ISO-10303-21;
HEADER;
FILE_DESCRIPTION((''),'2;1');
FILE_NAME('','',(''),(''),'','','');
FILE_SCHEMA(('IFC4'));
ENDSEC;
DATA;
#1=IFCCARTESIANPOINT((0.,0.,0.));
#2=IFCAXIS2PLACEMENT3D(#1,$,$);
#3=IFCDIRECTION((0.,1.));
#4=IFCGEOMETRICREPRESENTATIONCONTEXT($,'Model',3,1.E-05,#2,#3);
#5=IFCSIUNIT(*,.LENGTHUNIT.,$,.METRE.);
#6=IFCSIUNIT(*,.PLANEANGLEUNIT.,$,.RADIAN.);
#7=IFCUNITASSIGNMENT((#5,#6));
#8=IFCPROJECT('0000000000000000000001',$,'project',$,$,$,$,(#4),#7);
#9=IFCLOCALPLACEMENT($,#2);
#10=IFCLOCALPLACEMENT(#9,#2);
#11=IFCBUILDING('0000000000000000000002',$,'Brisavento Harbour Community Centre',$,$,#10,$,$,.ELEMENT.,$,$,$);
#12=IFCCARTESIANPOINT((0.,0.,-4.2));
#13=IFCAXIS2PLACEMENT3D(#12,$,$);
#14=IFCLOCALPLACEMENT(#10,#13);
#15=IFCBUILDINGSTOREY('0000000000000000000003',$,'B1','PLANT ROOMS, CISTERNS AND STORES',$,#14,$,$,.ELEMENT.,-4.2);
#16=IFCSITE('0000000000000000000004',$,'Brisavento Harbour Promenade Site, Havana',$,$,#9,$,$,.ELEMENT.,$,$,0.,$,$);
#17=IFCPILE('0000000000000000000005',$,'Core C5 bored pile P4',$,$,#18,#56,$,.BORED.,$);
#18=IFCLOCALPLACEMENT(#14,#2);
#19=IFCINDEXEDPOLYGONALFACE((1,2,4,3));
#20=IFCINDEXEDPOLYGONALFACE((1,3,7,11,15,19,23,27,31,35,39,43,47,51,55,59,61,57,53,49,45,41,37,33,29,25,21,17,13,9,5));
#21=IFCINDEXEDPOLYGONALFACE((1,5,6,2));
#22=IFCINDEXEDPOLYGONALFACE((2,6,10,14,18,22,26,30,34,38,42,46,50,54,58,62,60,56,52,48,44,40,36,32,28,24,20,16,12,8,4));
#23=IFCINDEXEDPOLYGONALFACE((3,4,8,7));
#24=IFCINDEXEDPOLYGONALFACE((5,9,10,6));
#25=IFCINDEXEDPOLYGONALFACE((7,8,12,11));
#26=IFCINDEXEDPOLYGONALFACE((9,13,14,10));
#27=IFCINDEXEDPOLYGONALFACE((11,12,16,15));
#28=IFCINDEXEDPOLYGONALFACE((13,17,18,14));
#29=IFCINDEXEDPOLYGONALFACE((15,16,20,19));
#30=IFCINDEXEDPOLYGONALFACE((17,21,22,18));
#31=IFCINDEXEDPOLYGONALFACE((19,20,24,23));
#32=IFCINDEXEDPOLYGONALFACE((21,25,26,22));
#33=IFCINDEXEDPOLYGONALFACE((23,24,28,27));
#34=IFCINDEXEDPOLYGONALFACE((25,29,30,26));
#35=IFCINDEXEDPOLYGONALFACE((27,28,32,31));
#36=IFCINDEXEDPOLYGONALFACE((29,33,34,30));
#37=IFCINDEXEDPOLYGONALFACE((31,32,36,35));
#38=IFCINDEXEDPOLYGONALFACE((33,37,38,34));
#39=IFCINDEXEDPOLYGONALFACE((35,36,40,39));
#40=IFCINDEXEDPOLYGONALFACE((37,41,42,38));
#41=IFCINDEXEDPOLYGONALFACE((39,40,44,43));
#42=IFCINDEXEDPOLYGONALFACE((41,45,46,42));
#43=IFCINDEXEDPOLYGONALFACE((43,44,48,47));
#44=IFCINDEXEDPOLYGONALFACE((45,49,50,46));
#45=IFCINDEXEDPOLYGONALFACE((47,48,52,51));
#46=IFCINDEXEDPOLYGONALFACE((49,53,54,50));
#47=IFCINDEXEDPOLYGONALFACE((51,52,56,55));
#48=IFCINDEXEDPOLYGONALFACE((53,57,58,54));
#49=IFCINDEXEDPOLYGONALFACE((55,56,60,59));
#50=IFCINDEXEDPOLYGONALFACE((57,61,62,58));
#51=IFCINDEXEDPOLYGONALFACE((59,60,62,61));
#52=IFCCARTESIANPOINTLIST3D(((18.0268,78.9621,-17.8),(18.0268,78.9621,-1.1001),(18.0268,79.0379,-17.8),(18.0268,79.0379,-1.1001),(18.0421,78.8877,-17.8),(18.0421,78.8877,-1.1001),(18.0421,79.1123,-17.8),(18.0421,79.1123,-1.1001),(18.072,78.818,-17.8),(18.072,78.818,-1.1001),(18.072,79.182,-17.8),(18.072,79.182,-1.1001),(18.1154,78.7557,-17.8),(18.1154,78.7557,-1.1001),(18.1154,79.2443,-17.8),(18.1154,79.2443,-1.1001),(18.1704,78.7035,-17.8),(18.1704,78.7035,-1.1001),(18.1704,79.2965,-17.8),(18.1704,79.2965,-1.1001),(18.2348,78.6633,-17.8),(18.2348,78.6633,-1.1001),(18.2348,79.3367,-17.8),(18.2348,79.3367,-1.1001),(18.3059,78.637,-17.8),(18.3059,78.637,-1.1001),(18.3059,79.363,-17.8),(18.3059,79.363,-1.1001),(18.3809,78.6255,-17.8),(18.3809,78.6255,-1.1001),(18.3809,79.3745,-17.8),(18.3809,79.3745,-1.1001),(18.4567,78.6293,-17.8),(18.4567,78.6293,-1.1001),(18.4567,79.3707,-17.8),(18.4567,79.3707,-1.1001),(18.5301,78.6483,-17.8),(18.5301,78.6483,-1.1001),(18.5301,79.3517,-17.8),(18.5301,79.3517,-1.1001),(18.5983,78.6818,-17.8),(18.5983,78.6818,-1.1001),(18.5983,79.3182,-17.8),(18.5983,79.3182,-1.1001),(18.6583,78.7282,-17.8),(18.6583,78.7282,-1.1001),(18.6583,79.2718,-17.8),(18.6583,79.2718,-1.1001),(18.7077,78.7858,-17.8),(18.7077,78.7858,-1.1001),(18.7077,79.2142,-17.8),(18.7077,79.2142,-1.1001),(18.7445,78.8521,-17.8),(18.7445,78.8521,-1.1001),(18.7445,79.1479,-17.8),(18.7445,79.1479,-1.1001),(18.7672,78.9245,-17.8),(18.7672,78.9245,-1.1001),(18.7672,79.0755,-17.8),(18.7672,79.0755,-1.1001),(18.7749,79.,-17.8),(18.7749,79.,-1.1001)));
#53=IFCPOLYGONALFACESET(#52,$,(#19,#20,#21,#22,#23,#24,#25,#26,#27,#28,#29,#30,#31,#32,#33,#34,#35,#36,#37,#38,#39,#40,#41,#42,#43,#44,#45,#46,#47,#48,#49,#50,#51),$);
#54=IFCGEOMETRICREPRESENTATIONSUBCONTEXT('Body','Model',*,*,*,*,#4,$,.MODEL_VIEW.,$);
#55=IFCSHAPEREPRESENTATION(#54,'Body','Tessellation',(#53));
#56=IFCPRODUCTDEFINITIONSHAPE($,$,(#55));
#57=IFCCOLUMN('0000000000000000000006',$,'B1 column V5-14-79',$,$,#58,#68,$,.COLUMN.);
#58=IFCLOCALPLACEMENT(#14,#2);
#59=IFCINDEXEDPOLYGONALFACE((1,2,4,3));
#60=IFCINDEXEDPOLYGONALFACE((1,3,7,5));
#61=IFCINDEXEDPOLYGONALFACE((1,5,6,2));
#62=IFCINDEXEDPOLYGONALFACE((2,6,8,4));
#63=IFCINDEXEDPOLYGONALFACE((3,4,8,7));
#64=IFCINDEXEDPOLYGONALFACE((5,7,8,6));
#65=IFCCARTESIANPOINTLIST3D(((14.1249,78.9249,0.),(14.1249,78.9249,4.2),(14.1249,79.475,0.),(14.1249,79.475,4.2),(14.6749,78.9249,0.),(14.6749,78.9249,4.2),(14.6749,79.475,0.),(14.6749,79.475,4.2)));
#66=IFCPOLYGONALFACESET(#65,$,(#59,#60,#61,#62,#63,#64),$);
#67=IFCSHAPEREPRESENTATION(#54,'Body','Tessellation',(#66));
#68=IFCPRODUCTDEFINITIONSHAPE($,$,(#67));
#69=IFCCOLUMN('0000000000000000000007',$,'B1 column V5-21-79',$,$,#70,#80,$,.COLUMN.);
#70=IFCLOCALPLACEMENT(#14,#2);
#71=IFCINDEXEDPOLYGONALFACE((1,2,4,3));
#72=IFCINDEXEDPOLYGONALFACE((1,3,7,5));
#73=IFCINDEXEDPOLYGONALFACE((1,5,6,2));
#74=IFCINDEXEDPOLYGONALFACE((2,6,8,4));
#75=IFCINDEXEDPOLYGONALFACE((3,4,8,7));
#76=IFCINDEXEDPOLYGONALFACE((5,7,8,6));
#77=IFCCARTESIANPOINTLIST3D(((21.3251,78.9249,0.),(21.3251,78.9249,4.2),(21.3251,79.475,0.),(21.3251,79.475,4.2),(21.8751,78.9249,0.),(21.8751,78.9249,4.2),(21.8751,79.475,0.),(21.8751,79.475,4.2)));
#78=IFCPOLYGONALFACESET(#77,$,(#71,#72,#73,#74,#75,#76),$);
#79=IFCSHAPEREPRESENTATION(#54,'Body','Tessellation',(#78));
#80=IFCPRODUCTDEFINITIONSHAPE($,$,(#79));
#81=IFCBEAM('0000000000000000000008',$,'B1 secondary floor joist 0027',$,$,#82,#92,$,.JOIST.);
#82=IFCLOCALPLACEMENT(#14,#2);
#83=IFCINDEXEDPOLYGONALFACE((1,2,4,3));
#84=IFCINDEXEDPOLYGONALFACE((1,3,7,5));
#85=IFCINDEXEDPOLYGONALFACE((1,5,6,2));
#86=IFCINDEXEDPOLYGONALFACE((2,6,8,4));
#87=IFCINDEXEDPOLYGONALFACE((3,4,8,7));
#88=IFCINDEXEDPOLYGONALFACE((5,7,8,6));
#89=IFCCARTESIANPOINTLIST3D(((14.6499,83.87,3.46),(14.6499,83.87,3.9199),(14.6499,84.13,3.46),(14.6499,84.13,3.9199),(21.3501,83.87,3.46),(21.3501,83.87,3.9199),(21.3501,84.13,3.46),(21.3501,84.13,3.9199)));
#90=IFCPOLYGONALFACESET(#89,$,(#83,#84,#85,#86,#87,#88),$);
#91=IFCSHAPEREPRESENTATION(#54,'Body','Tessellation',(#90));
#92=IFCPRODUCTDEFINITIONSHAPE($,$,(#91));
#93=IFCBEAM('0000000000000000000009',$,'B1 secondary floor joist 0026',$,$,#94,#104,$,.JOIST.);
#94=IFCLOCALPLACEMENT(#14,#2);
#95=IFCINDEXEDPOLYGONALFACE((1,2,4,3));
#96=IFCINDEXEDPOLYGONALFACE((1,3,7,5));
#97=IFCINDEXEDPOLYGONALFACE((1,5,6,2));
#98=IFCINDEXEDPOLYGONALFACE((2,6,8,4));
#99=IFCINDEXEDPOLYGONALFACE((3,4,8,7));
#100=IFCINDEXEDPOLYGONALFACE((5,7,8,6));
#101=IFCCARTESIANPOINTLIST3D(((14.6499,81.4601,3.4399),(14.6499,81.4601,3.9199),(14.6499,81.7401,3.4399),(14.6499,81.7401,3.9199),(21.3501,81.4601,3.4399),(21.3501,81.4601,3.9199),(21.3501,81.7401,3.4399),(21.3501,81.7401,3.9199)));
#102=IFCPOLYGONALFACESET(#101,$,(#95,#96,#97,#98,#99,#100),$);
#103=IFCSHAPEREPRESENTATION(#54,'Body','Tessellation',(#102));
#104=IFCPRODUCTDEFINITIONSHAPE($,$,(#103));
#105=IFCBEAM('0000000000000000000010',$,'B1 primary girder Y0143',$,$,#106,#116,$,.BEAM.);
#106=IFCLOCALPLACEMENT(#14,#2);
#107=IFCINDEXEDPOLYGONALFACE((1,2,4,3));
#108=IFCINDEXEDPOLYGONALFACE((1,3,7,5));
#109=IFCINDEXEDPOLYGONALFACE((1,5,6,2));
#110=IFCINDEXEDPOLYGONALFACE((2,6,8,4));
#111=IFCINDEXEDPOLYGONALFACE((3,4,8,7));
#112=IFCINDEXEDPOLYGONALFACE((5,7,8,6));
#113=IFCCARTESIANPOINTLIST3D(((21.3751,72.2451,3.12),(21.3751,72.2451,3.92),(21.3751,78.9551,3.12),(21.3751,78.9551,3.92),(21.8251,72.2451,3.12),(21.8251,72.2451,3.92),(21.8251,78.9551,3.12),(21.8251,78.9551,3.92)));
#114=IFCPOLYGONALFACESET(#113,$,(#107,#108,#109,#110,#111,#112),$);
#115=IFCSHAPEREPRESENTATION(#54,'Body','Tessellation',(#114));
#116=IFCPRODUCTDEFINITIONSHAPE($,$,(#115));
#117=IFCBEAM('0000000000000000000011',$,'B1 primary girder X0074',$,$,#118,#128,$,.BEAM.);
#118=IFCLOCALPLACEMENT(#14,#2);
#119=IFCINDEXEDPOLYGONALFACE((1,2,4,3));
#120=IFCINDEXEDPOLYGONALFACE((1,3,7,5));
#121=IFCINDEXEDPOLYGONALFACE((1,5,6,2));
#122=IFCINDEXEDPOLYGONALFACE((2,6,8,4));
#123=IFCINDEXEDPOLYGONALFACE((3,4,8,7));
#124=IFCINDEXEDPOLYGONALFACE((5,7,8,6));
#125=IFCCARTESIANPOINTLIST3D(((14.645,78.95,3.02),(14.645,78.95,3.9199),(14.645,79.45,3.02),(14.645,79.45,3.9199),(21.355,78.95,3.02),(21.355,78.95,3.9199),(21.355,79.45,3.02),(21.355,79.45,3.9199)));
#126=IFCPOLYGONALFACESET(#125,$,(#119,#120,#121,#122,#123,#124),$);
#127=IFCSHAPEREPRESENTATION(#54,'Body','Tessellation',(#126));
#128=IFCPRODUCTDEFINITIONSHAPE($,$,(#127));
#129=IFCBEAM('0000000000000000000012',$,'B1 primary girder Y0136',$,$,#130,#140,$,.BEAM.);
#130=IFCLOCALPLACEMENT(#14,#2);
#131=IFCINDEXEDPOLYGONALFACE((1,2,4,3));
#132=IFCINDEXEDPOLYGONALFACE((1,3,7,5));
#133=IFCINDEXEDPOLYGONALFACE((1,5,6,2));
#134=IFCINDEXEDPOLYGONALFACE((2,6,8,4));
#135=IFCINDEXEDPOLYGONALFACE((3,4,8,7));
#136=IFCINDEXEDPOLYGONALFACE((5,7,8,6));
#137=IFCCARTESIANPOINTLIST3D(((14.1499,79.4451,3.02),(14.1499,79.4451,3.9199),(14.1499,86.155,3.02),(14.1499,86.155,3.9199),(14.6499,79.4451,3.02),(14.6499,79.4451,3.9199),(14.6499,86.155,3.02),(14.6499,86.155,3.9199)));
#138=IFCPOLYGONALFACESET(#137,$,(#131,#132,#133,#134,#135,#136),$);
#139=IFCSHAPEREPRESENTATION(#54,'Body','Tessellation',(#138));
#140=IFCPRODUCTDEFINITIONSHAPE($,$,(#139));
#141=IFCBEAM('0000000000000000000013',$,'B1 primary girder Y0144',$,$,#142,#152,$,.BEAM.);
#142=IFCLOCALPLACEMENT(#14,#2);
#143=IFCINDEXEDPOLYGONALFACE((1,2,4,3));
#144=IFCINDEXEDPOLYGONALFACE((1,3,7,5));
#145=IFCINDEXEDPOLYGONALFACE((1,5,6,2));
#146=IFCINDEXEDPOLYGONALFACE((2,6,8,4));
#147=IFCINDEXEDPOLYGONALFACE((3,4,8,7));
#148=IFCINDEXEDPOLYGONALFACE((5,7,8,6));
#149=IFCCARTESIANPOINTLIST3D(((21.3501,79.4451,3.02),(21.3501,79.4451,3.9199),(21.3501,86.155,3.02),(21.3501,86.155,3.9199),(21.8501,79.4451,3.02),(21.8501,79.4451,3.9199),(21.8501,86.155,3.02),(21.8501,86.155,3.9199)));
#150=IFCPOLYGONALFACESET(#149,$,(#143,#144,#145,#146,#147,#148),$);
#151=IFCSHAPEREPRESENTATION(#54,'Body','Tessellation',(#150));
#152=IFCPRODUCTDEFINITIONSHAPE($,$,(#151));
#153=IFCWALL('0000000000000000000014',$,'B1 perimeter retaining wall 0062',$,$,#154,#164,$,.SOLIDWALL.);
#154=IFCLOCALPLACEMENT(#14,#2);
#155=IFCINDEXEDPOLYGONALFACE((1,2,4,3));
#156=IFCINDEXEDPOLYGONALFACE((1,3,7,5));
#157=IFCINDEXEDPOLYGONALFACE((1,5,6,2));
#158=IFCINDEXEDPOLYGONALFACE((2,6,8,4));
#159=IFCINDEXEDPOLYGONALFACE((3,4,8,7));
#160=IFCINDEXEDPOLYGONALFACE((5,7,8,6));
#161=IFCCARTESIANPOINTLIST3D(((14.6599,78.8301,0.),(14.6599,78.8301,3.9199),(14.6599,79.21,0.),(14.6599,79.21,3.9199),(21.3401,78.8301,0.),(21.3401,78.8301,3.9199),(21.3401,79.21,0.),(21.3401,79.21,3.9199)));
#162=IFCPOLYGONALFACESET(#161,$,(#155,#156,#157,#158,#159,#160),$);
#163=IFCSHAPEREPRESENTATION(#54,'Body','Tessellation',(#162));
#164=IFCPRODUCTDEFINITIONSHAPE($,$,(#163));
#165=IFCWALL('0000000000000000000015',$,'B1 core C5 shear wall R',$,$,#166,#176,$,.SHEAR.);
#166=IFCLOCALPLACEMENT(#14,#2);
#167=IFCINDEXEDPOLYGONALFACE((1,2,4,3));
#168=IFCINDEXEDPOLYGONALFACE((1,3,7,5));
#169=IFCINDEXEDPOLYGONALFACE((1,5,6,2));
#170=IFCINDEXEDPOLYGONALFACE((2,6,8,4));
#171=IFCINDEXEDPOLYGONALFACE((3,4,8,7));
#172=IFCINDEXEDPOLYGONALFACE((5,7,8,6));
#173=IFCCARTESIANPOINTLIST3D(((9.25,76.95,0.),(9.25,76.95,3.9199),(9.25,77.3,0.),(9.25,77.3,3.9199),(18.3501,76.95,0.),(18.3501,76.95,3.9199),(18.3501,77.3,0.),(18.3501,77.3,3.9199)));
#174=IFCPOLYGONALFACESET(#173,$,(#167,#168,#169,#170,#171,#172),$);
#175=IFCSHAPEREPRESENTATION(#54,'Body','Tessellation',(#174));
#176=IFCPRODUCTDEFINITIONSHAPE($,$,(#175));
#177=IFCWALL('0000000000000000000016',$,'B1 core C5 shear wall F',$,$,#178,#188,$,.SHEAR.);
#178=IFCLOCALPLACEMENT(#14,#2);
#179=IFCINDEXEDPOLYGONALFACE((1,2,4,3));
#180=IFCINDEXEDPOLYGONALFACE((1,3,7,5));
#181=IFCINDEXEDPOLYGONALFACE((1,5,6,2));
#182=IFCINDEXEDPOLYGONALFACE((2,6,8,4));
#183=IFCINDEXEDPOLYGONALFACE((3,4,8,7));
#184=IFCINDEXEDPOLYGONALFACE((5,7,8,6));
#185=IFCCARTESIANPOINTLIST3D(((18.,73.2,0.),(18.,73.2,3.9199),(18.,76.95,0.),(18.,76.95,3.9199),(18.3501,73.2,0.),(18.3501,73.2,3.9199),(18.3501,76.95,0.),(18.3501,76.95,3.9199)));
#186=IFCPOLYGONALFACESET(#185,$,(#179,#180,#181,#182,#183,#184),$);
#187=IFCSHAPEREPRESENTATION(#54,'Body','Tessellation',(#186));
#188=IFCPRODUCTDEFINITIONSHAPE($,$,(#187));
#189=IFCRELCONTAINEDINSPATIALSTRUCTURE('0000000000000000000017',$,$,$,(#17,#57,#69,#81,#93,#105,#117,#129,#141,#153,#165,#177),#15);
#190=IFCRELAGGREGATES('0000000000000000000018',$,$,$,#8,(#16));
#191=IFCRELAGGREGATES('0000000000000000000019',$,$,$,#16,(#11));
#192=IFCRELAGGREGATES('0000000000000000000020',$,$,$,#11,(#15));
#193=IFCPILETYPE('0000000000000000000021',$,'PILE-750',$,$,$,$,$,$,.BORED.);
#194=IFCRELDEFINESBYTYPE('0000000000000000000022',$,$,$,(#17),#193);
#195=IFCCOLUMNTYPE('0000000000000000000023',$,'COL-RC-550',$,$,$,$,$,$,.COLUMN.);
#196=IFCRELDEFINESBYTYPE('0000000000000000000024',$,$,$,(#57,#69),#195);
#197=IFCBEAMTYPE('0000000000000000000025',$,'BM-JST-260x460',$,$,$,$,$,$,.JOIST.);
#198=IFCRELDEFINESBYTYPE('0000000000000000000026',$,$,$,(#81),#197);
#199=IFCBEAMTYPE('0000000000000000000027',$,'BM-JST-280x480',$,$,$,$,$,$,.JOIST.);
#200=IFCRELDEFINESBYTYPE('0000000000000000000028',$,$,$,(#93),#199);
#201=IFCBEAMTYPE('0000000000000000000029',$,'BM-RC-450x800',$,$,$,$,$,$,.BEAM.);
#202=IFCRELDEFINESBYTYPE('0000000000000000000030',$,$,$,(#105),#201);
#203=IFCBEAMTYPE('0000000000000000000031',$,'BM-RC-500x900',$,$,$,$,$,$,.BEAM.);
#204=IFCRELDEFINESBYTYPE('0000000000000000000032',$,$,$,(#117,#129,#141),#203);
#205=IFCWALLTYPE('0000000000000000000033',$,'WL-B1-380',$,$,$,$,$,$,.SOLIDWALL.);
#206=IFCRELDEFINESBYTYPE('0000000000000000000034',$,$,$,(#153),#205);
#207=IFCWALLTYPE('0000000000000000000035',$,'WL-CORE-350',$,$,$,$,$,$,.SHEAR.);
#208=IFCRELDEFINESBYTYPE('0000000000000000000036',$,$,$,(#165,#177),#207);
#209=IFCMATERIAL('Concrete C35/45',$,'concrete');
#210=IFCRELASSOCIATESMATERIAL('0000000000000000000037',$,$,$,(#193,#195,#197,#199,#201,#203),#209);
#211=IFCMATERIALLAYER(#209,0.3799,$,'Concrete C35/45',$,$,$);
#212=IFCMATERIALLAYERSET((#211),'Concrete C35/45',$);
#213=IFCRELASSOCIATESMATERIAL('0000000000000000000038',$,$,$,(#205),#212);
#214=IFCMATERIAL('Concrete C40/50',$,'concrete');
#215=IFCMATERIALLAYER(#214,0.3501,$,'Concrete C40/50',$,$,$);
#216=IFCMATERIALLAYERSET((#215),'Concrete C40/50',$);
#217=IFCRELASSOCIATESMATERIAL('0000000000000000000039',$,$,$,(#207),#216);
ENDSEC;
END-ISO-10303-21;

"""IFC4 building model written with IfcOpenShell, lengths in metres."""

from ifc_helpers import new_model, si_unit, direction, frame, frame_2d, origin, origin_2d, place, context, subcontext, project, spatial, rectangle, circle, extrude, material, layer, layer_set, material_profile, profile_set, type_object, element, save


model = new_model("IFC4")

# Units and contexts
model_context = context("Model", 3, precision=1e-05, world=origin(), true_north=direction((0.0, 1.0)))
body_context = subcontext(model_context, "Body", "Model", "MODEL_VIEW")
ifc_project = project(units=[si_unit("LENGTHUNIT", "METRE"), si_unit("PLANEANGLEUNIT", "RADIAN")], contexts=[model_context])

# Site, building, storey
site_placement = place(None, origin())
site = spatial("IfcSite", under=ifc_project, at=site_placement, Name="Brisavento Harbour Promenade Site, Havana", CompositionType="ELEMENT", RefElevation=0.0)
building_placement = place(site_placement, origin())
building = spatial("IfcBuilding", under=site, at=building_placement, Name="Brisavento Harbour Community Centre", CompositionType="ELEMENT")
storey_placement = place(building_placement, frame((0.0, 0.0, -4.2)))
storey = spatial("IfcBuildingStorey", under=building, at=storey_placement, Name="B1", Description="PLANT ROOMS, CISTERNS AND STORES", CompositionType="ELEMENT", Elevation=-4.2)

# Shared definitions
ifc_material_1 = material(Name="Concrete C35/45", Category="concrete")

# Pile
ifc_material_profile_1 = material_profile(ifc_material_1, circle(Radius=0.375, at=origin_2d()), Name="Concrete C35/45")
ifc_profile_set_1 = profile_set([ifc_material_profile_1], Name="Concrete C35/45")
pile_type_1 = type_object("IfcPileType", Name="PILE-750", PredefinedType="BORED", material=ifc_profile_set_1)
pile_placement = place(storey_placement, frame((18.3999, 79.0, -1.1001), z_axis=(0.0, 0.0, -1.0), x_axis=(1.0, 0.0, 0.0)))
element("IfcPile", 1, at=pile_placement, inside=storey, type_object=pile_type_1, Name="Core C5 bored pile P4", PredefinedType="BORED", context=body_context, shape_type="SweptSolid", body=[
    extrude(circle(Radius=0.375, at=origin_2d()), origin(), (0.0, 0.0, 1.0), 16.7),
])

# Columns
ifc_material_profile_2 = material_profile(ifc_material_1, rectangle(XDim=0.55, YDim=0.55, at=origin_2d()), Name="Concrete C35/45")
ifc_profile_set_2 = profile_set([ifc_material_profile_2], Name="Concrete C35/45")
column_type = type_object("IfcColumnType", Name="COL-RC-550", PredefinedType="COLUMN", material=ifc_profile_set_2)
for number, where, z_axis, x_axis, name in (
    (2, (14.3999, 79.2, 0.0), (0.0, 0.0, 1.0), (1.0, 0.0, 0.0), "B1 column V5-14-79"),
    (3, (21.6001, 79.2, 0.0), (0.0, 0.0, 1.0), (1.0, 0.0, 0.0), "B1 column V5-21-79"),
):
    element("IfcColumn", number, at=place(storey_placement, frame(where, z_axis=z_axis, x_axis=x_axis)), inside=storey, type_object=column_type, Name=name, PredefinedType="COLUMN", context=body_context, shape_type="SweptSolid", body=[
        extrude(rectangle(XDim=0.55, YDim=0.55, at=origin_2d()), origin(), (0.0, 0.0, 1.0), 4.2),
    ])

# Beams
ifc_material_profile_3 = material_profile(ifc_material_1, rectangle(XDim=0.26, YDim=0.46, at=origin_2d()), Name="Concrete C35/45")
ifc_profile_set_3 = profile_set([ifc_material_profile_3], Name="Concrete C35/45")
beam_type_1 = type_object("IfcBeamType", Name="BM-JST-260x460", PredefinedType="JOIST", material=ifc_profile_set_3)
beam_1_placement = place(storey_placement, frame((14.6499, 84.0, 3.6899), z_axis=(1.0, 0.0, 0.0), x_axis=(0.0, 1.0, 0.0)))
element("IfcBeam", 4, at=beam_1_placement, inside=storey, type_object=beam_type_1, Name="B1 secondary floor joist 0027", PredefinedType="JOIST", context=body_context, shape_type="SweptSolid", body=[
    extrude(rectangle(XDim=0.26, YDim=0.46, at=origin_2d()), origin(), (0.0, 0.0, 1.0), 6.7002),
])
ifc_material_profile_4 = material_profile(ifc_material_1, rectangle(XDim=0.28, YDim=0.48, at=origin_2d()), Name="Concrete C35/45")
ifc_profile_set_4 = profile_set([ifc_material_profile_4], Name="Concrete C35/45")
beam_type_2 = type_object("IfcBeamType", Name="BM-JST-280x480", PredefinedType="JOIST", material=ifc_profile_set_4)
beam_2_placement = place(storey_placement, frame((14.6499, 81.6001, 3.6799), z_axis=(1.0, 0.0, 0.0), x_axis=(0.0, 1.0, 0.0)))
element("IfcBeam", 5, at=beam_2_placement, inside=storey, type_object=beam_type_2, Name="B1 secondary floor joist 0026", PredefinedType="JOIST", context=body_context, shape_type="SweptSolid", body=[
    extrude(rectangle(XDim=0.28, YDim=0.48, at=origin_2d()), origin(), (0.0, 0.0, 1.0), 6.7002),
])
ifc_material_profile_5 = material_profile(ifc_material_1, rectangle(XDim=0.45, YDim=0.8, at=origin_2d()), Name="Concrete C35/45")
ifc_profile_set_5 = profile_set([ifc_material_profile_5], Name="Concrete C35/45")
beam_type_3 = type_object("IfcBeamType", Name="BM-RC-450x800", PredefinedType="BEAM", material=ifc_profile_set_5)
beam_3_placement = place(storey_placement, frame((21.6001, 72.2451, 3.52), z_axis=(0.0, 1.0, 0.0), x_axis=(-1.0, 0.0, 0.0)))
element("IfcBeam", 6, at=beam_3_placement, inside=storey, type_object=beam_type_3, Name="B1 primary girder Y0143", PredefinedType="BEAM", context=body_context, shape_type="SweptSolid", body=[
    extrude(rectangle(XDim=0.45, YDim=0.8, at=origin_2d()), origin(), (0.0, 0.0, 1.0), 6.71),
])
ifc_material_profile_6 = material_profile(ifc_material_1, rectangle(XDim=0.5, YDim=0.8999, at=origin_2d()), Name="Concrete C35/45")
ifc_profile_set_6 = profile_set([ifc_material_profile_6], Name="Concrete C35/45")
beam_type_4 = type_object("IfcBeamType", Name="BM-RC-500x900", PredefinedType="BEAM", material=ifc_profile_set_6)
for number, where, z_axis, x_axis, name in (
    (7, (14.645, 79.2, 3.47), (1.0, 0.0, 0.0), (0.0, 1.0, 0.0), "B1 primary girder X0074"),
    (8, (14.3999, 79.4451, 3.47), (0.0, 1.0, 0.0), (-1.0, 0.0, 0.0), "B1 primary girder Y0136"),
    (9, (21.6001, 79.4451, 3.47), (0.0, 1.0, 0.0), (-1.0, 0.0, 0.0), "B1 primary girder Y0144"),
):
    element("IfcBeam", number, at=place(storey_placement, frame(where, z_axis=z_axis, x_axis=x_axis)), inside=storey, type_object=beam_type_4, Name=name, PredefinedType="BEAM", context=body_context, shape_type="SweptSolid", body=[
        extrude(rectangle(XDim=0.5, YDim=0.8999, at=origin_2d()), origin(), (0.0, 0.0, 1.0), 6.71),
    ])

# Walls
ifc_layer_1 = layer(ifc_material_1, 0.3799, Name="Concrete C35/45")
ifc_layer_set_1 = layer_set([ifc_layer_1], Name="Concrete C35/45")
wall_type_1 = type_object("IfcWallType", Name="WL-B1-380", PredefinedType="SOLIDWALL", material=ifc_layer_set_1)
wall_1_placement = place(storey_placement, frame((14.6599, 79.02, 0.0), z_axis=(0.0, 0.0, 1.0), x_axis=(1.0, 0.0, 0.0)))
element("IfcWall", 10, at=wall_1_placement, inside=storey, type_object=wall_type_1, Name="B1 perimeter retaining wall 0062", PredefinedType="SOLIDWALL", context=body_context, shape_type="SweptSolid", body=[
    extrude(rectangle(XDim=6.6802, YDim=0.3799, at=frame_2d((3.3401, 0.0))), origin(), (0.0, 0.0, 1.0), 3.9199),
])
ifc_material_2 = material(Name="Concrete C40/50", Category="concrete")
ifc_layer_2 = layer(ifc_material_2, 0.3501, Name="Concrete C40/50")
ifc_layer_set_2 = layer_set([ifc_layer_2], Name="Concrete C40/50")
wall_type_2 = type_object("IfcWallType", Name="WL-CORE-350", PredefinedType="SHEAR", material=ifc_layer_set_2)
wall_2_placement = place(storey_placement, frame((18.3501, 77.125, 0.0), z_axis=(0.0, 0.0, 1.0), x_axis=(-1.0, 0.0, 0.0)))
element("IfcWall", 11, at=wall_2_placement, inside=storey, type_object=wall_type_2, Name="B1 core C5 shear wall R", PredefinedType="SHEAR", context=body_context, shape_type="SweptSolid", body=[
    extrude(rectangle(XDim=9.1001, YDim=0.3501, at=frame_2d((4.55, 0.0))), origin(), (0.0, 0.0, 1.0), 3.9199),
])
wall_3_placement = place(storey_placement, frame((18.175, 73.2, 0.0), z_axis=(0.0, 0.0, 1.0), x_axis=(0.0, 1.0, 0.0)))
element("IfcWall", 12, at=wall_3_placement, inside=storey, type_object=wall_type_2, Name="B1 core C5 shear wall F", PredefinedType="SHEAR", context=body_context, shape_type="SweptSolid", body=[
    extrude(rectangle(XDim=3.75, YDim=0.3501, at=frame_2d((1.875, 0.0))), origin(), (0.0, 0.0, 1.0), 3.9199),
])

save(model, "model.ifc")
